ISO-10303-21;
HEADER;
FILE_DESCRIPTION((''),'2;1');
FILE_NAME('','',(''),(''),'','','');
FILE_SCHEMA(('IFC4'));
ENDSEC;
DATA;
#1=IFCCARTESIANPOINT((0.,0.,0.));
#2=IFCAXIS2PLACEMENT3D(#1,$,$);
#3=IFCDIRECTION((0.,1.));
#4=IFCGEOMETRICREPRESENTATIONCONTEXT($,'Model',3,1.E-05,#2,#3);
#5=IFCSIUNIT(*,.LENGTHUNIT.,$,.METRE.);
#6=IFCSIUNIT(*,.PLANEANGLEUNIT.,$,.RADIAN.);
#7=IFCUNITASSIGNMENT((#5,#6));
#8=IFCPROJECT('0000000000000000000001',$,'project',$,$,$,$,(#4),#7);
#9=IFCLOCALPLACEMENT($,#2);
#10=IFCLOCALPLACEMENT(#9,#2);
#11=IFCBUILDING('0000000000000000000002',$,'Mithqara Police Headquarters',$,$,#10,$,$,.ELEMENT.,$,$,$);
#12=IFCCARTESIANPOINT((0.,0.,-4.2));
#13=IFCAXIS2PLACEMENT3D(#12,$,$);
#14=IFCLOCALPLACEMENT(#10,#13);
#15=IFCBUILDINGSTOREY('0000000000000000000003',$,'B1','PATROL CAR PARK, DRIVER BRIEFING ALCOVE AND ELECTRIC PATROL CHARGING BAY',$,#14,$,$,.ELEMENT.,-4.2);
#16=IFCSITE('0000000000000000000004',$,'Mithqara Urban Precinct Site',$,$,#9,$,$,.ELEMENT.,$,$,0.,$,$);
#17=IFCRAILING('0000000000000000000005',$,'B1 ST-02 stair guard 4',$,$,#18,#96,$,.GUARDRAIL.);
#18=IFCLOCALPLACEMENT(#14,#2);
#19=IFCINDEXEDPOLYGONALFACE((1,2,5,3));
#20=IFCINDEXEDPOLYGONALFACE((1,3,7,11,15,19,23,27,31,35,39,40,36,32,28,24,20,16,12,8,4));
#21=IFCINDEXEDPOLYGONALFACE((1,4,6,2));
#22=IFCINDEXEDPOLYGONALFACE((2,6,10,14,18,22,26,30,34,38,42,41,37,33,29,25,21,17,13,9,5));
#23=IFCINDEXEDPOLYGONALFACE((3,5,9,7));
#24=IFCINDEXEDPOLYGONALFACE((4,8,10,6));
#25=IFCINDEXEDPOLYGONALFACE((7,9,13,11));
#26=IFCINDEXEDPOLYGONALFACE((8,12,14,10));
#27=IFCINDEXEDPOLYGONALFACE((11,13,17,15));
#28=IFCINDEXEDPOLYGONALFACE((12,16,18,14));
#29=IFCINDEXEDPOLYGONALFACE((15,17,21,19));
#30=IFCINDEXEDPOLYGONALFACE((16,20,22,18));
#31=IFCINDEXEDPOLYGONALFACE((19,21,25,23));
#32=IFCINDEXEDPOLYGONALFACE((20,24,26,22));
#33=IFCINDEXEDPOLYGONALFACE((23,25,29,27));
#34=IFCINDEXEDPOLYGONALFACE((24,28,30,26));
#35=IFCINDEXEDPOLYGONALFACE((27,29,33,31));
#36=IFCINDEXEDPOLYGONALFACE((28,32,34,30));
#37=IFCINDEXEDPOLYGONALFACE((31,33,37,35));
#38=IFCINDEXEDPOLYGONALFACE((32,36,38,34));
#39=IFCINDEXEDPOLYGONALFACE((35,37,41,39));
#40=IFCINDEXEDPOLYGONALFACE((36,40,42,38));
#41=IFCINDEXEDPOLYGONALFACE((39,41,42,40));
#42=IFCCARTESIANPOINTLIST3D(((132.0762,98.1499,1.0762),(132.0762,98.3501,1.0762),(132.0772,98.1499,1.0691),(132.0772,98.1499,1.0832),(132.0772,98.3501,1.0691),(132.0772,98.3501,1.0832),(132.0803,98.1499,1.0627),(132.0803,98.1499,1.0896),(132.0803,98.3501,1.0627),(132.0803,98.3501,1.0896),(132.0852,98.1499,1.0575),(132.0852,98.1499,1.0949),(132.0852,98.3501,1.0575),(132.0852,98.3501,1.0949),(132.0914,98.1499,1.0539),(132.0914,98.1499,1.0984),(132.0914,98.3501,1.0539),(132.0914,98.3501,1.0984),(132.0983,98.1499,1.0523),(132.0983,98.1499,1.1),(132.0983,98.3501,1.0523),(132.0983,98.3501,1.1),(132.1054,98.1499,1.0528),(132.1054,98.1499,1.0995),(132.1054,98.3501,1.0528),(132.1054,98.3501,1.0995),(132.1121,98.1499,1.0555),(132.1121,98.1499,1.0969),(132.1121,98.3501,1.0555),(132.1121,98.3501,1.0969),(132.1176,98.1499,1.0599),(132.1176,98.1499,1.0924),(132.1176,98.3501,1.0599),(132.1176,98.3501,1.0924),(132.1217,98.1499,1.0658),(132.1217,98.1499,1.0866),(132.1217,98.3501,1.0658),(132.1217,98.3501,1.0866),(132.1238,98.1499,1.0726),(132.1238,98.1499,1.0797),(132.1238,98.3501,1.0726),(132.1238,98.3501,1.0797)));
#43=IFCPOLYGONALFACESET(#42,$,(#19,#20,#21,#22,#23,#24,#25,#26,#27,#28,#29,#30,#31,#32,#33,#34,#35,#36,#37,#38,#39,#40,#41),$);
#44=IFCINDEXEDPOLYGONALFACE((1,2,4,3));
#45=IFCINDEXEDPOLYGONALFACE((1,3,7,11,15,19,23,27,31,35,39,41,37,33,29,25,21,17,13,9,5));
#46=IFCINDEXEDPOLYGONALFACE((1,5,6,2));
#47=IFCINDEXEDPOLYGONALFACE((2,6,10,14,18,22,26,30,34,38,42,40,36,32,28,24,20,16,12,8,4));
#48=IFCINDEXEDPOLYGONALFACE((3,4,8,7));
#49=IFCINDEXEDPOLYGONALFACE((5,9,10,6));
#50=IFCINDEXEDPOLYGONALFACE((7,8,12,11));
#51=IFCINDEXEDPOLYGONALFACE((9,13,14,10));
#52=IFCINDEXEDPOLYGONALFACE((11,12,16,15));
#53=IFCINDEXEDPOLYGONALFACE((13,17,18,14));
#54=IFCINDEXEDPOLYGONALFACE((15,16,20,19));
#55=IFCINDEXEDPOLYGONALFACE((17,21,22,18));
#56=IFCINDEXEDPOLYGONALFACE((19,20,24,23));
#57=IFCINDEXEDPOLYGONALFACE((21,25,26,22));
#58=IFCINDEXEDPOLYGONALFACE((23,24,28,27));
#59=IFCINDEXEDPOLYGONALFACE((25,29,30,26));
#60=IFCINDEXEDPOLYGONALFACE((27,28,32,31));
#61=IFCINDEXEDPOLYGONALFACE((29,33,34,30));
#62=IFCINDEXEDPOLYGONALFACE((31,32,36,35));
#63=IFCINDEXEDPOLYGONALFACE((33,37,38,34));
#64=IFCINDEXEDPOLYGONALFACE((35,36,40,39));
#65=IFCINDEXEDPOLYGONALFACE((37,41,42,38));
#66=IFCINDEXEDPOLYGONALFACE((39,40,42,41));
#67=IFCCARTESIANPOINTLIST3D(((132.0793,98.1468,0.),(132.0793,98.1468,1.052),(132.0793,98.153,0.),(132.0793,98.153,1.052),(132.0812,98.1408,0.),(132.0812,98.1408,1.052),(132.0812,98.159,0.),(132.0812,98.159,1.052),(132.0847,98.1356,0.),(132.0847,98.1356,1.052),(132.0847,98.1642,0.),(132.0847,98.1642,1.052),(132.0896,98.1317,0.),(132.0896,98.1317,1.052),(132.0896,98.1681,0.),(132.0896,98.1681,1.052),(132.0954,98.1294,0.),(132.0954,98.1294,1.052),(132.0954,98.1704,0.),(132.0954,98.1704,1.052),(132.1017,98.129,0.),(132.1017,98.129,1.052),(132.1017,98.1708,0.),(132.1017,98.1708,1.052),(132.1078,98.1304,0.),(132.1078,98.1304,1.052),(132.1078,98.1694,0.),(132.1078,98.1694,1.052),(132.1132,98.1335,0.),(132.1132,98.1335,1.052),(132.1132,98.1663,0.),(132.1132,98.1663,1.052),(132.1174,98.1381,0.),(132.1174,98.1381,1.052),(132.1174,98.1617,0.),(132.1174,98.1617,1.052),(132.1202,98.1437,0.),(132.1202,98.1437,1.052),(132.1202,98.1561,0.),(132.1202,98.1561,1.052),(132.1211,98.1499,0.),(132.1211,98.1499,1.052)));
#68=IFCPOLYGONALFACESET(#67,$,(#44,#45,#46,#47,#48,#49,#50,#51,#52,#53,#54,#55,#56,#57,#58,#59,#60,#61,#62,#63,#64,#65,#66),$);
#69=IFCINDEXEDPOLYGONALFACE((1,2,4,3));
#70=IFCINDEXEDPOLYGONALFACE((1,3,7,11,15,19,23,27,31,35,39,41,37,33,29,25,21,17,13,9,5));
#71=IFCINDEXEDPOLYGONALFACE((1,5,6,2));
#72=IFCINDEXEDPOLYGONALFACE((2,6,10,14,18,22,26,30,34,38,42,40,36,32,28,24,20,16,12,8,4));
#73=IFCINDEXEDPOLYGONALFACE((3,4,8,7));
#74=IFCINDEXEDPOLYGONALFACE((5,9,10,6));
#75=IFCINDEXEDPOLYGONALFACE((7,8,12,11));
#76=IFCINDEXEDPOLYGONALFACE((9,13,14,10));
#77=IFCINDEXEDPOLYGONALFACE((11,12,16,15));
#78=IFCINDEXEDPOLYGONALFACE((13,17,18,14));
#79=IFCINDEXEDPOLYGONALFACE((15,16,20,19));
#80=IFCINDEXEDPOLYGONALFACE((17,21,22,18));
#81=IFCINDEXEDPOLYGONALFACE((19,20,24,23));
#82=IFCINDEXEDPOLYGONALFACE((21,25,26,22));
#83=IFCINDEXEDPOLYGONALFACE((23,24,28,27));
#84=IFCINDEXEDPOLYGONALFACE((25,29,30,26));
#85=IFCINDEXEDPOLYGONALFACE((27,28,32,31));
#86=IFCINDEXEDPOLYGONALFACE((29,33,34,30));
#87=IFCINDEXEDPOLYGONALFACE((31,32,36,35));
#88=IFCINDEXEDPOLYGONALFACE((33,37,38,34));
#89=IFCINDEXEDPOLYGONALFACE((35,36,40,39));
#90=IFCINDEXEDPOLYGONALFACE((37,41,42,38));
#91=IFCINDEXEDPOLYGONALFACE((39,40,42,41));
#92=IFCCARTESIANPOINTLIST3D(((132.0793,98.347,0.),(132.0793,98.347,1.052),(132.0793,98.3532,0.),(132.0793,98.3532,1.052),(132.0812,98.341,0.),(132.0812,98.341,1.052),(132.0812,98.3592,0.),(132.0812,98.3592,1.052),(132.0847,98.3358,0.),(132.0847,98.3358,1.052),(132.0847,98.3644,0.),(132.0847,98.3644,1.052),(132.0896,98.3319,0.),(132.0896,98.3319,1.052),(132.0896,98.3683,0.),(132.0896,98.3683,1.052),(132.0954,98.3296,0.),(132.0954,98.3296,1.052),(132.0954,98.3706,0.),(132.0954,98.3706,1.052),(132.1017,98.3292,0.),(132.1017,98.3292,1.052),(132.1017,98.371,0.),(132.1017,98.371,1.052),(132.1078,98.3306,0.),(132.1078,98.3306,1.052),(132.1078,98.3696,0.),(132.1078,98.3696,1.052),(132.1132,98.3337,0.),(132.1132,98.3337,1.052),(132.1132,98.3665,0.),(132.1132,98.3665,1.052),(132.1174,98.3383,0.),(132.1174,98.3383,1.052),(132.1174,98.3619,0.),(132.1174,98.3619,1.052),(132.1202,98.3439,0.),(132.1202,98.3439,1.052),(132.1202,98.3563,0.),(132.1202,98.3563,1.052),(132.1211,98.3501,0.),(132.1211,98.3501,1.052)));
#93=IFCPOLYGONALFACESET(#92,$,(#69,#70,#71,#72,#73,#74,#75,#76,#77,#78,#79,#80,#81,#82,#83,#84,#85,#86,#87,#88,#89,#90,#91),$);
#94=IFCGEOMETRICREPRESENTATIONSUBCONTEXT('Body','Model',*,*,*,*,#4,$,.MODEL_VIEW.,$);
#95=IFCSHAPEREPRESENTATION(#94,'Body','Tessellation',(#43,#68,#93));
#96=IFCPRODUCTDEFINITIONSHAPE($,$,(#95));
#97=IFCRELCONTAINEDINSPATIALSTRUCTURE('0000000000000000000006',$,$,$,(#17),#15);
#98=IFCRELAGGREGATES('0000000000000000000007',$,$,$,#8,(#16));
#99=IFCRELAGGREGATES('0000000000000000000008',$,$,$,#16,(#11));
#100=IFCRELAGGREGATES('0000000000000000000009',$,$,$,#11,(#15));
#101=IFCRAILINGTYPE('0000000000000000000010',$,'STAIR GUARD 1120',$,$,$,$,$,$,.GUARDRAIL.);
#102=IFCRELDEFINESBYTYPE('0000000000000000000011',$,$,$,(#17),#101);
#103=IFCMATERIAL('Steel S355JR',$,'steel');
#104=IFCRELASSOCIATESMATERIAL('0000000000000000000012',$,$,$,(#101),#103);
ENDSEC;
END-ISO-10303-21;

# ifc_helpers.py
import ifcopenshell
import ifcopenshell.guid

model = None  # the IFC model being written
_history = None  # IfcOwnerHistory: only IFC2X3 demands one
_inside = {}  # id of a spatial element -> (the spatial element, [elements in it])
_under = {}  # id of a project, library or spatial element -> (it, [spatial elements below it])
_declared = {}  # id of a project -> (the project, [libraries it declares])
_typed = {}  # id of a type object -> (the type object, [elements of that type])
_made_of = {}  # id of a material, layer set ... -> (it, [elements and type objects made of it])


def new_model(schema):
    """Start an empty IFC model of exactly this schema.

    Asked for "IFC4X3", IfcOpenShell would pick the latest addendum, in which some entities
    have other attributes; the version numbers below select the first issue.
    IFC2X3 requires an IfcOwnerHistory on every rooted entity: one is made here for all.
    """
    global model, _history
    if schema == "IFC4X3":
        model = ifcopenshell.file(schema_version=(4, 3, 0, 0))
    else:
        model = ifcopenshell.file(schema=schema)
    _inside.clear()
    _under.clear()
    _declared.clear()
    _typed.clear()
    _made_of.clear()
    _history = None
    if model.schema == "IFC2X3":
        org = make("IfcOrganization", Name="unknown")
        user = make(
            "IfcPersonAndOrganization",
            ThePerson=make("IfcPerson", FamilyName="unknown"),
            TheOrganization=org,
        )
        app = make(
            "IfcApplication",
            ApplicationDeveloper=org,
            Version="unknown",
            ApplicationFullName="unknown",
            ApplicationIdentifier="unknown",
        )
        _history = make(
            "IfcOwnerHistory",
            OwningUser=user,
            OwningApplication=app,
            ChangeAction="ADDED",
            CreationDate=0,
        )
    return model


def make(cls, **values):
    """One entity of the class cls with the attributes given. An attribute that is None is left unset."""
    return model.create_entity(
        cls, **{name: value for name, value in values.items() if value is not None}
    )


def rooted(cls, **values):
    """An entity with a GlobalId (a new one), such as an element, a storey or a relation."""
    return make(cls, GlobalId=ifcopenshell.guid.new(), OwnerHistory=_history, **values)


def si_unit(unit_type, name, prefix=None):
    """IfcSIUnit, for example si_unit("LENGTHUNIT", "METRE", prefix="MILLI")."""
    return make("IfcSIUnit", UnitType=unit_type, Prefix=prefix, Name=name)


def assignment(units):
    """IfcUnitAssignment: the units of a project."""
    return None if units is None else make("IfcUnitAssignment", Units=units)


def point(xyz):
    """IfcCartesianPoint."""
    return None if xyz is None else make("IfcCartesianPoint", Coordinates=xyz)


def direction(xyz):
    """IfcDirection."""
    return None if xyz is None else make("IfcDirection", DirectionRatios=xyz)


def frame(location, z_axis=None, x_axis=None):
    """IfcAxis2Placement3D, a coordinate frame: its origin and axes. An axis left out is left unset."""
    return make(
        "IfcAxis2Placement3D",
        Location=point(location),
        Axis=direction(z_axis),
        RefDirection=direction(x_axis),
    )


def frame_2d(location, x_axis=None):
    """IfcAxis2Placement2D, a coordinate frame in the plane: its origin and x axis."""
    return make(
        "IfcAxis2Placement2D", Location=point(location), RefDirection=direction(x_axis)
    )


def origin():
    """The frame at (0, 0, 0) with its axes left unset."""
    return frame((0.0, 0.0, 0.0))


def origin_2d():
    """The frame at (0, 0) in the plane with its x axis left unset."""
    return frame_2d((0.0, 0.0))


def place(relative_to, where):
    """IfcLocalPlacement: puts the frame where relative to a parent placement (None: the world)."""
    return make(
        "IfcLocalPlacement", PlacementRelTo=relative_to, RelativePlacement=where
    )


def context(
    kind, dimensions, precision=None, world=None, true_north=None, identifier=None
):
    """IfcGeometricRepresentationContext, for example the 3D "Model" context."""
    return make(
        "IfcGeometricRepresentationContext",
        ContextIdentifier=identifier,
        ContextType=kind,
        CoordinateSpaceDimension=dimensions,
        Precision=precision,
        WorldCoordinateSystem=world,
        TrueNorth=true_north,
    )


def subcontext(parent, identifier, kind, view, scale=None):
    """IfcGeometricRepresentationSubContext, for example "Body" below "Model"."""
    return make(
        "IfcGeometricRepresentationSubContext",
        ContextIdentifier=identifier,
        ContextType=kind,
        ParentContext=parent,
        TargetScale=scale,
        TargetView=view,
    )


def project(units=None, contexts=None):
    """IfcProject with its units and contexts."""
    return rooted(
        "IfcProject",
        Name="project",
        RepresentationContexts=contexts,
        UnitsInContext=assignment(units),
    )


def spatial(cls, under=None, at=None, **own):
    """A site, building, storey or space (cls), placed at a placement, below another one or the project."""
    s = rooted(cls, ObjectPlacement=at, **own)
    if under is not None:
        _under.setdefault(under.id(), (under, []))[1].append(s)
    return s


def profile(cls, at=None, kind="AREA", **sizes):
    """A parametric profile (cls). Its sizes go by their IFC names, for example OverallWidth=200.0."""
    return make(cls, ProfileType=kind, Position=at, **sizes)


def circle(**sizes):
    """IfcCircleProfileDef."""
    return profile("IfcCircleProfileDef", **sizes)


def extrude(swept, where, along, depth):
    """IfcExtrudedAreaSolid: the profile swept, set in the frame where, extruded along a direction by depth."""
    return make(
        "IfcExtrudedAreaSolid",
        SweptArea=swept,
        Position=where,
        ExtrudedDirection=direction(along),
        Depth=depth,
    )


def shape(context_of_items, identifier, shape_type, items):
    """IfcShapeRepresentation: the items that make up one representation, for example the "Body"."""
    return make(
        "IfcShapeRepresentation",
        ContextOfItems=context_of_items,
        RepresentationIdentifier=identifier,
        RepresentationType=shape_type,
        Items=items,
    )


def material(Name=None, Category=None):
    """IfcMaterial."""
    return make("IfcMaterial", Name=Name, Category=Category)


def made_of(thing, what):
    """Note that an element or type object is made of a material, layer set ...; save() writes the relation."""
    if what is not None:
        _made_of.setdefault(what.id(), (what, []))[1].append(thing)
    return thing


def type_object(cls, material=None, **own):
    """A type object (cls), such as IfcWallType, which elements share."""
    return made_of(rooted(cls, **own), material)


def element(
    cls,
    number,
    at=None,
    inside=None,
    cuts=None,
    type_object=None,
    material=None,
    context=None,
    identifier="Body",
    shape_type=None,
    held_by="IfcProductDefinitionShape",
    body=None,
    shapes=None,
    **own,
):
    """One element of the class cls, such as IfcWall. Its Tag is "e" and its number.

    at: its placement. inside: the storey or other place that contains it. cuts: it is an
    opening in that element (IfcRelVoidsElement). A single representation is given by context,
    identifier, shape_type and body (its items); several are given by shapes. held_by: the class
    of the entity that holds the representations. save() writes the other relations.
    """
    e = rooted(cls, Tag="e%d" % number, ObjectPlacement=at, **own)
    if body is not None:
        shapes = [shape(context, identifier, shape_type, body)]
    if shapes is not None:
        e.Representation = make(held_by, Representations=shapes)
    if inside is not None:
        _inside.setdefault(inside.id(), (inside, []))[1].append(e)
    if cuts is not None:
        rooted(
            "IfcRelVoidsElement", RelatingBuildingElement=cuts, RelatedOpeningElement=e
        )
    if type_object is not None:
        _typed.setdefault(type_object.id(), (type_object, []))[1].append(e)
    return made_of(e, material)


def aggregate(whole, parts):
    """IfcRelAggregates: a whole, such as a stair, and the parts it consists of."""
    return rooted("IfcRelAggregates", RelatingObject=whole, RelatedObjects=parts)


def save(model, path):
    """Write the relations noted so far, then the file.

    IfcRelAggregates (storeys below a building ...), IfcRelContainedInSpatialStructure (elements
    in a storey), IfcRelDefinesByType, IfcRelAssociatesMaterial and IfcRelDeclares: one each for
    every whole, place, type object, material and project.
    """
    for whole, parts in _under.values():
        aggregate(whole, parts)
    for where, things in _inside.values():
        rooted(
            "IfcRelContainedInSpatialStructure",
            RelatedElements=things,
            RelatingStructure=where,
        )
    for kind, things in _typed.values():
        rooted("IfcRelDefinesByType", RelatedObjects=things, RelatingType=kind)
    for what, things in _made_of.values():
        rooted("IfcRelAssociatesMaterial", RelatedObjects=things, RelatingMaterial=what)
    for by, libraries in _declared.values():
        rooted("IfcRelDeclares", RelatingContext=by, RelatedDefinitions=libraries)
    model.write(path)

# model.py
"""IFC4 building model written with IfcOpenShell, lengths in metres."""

from ifc_helpers import new_model, si_unit, direction, frame, origin, origin_2d, place, context, subcontext, project, spatial, circle, extrude, material, type_object, element, save


model = new_model("IFC4")

# Units and contexts
model_context = context("Model", 3, precision=1e-05, world=origin(), true_north=direction((0.0, 1.0)))
body_context = subcontext(model_context, "Body", "Model", "MODEL_VIEW")
ifc_project = project(units=[si_unit("LENGTHUNIT", "METRE"), si_unit("PLANEANGLEUNIT", "RADIAN")], contexts=[model_context])

# Site, building, storey
site_placement = place(None, origin())
site = spatial("IfcSite", under=ifc_project, at=site_placement, Name="Mithqara Urban Precinct Site", CompositionType="ELEMENT", RefElevation=0.0)
building_placement = place(site_placement, origin())
building = spatial("IfcBuilding", under=site, at=building_placement, Name="Mithqara Police Headquarters", CompositionType="ELEMENT")
storey_placement = place(building_placement, frame((0.0, 0.0, -4.2)))
storey = spatial("IfcBuildingStorey", under=building, at=storey_placement, Name="B1", Description="PATROL CAR PARK, DRIVER BRIEFING ALCOVE AND ELECTRIC PATROL CHARGING BAY", CompositionType="ELEMENT", Elevation=-4.2)

# Shared definitions
ifc_material_1 = material(Name="Steel S355JR", Category="steel")

# Railing
railing_type_1 = type_object("IfcRailingType", Name="STAIR GUARD 1120", PredefinedType="GUARDRAIL", material=ifc_material_1)
railing_1_placement = place(storey_placement, frame((132.1001, 98.1499, 0.0)))
element("IfcRailing", 1, at=railing_1_placement, inside=storey, type_object=railing_type_1, Name="B1 ST-02 stair guard 4", PredefinedType="GUARDRAIL", context=body_context, shape_type="SweptSolid", body=[
    extrude(circle(Radius=0.0239, at=origin_2d()), frame((0.0, 0.0, 1.0762), z_axis=(0.0, 1.0, 0.0), x_axis=(-1.0, 0.0, 0.0)), (0.0, 0.0, 1.0), 0.2002),
    extrude(circle(Radius=0.021, at=origin_2d()), origin(), (0.0, 0.0, 1.0), 1.052),
    extrude(circle(Radius=0.021, at=origin_2d()), frame((0.0, 0.2002, 0.0)), (0.0, 0.0, 1.0), 1.052),
])

save(model, "model.ifc")
